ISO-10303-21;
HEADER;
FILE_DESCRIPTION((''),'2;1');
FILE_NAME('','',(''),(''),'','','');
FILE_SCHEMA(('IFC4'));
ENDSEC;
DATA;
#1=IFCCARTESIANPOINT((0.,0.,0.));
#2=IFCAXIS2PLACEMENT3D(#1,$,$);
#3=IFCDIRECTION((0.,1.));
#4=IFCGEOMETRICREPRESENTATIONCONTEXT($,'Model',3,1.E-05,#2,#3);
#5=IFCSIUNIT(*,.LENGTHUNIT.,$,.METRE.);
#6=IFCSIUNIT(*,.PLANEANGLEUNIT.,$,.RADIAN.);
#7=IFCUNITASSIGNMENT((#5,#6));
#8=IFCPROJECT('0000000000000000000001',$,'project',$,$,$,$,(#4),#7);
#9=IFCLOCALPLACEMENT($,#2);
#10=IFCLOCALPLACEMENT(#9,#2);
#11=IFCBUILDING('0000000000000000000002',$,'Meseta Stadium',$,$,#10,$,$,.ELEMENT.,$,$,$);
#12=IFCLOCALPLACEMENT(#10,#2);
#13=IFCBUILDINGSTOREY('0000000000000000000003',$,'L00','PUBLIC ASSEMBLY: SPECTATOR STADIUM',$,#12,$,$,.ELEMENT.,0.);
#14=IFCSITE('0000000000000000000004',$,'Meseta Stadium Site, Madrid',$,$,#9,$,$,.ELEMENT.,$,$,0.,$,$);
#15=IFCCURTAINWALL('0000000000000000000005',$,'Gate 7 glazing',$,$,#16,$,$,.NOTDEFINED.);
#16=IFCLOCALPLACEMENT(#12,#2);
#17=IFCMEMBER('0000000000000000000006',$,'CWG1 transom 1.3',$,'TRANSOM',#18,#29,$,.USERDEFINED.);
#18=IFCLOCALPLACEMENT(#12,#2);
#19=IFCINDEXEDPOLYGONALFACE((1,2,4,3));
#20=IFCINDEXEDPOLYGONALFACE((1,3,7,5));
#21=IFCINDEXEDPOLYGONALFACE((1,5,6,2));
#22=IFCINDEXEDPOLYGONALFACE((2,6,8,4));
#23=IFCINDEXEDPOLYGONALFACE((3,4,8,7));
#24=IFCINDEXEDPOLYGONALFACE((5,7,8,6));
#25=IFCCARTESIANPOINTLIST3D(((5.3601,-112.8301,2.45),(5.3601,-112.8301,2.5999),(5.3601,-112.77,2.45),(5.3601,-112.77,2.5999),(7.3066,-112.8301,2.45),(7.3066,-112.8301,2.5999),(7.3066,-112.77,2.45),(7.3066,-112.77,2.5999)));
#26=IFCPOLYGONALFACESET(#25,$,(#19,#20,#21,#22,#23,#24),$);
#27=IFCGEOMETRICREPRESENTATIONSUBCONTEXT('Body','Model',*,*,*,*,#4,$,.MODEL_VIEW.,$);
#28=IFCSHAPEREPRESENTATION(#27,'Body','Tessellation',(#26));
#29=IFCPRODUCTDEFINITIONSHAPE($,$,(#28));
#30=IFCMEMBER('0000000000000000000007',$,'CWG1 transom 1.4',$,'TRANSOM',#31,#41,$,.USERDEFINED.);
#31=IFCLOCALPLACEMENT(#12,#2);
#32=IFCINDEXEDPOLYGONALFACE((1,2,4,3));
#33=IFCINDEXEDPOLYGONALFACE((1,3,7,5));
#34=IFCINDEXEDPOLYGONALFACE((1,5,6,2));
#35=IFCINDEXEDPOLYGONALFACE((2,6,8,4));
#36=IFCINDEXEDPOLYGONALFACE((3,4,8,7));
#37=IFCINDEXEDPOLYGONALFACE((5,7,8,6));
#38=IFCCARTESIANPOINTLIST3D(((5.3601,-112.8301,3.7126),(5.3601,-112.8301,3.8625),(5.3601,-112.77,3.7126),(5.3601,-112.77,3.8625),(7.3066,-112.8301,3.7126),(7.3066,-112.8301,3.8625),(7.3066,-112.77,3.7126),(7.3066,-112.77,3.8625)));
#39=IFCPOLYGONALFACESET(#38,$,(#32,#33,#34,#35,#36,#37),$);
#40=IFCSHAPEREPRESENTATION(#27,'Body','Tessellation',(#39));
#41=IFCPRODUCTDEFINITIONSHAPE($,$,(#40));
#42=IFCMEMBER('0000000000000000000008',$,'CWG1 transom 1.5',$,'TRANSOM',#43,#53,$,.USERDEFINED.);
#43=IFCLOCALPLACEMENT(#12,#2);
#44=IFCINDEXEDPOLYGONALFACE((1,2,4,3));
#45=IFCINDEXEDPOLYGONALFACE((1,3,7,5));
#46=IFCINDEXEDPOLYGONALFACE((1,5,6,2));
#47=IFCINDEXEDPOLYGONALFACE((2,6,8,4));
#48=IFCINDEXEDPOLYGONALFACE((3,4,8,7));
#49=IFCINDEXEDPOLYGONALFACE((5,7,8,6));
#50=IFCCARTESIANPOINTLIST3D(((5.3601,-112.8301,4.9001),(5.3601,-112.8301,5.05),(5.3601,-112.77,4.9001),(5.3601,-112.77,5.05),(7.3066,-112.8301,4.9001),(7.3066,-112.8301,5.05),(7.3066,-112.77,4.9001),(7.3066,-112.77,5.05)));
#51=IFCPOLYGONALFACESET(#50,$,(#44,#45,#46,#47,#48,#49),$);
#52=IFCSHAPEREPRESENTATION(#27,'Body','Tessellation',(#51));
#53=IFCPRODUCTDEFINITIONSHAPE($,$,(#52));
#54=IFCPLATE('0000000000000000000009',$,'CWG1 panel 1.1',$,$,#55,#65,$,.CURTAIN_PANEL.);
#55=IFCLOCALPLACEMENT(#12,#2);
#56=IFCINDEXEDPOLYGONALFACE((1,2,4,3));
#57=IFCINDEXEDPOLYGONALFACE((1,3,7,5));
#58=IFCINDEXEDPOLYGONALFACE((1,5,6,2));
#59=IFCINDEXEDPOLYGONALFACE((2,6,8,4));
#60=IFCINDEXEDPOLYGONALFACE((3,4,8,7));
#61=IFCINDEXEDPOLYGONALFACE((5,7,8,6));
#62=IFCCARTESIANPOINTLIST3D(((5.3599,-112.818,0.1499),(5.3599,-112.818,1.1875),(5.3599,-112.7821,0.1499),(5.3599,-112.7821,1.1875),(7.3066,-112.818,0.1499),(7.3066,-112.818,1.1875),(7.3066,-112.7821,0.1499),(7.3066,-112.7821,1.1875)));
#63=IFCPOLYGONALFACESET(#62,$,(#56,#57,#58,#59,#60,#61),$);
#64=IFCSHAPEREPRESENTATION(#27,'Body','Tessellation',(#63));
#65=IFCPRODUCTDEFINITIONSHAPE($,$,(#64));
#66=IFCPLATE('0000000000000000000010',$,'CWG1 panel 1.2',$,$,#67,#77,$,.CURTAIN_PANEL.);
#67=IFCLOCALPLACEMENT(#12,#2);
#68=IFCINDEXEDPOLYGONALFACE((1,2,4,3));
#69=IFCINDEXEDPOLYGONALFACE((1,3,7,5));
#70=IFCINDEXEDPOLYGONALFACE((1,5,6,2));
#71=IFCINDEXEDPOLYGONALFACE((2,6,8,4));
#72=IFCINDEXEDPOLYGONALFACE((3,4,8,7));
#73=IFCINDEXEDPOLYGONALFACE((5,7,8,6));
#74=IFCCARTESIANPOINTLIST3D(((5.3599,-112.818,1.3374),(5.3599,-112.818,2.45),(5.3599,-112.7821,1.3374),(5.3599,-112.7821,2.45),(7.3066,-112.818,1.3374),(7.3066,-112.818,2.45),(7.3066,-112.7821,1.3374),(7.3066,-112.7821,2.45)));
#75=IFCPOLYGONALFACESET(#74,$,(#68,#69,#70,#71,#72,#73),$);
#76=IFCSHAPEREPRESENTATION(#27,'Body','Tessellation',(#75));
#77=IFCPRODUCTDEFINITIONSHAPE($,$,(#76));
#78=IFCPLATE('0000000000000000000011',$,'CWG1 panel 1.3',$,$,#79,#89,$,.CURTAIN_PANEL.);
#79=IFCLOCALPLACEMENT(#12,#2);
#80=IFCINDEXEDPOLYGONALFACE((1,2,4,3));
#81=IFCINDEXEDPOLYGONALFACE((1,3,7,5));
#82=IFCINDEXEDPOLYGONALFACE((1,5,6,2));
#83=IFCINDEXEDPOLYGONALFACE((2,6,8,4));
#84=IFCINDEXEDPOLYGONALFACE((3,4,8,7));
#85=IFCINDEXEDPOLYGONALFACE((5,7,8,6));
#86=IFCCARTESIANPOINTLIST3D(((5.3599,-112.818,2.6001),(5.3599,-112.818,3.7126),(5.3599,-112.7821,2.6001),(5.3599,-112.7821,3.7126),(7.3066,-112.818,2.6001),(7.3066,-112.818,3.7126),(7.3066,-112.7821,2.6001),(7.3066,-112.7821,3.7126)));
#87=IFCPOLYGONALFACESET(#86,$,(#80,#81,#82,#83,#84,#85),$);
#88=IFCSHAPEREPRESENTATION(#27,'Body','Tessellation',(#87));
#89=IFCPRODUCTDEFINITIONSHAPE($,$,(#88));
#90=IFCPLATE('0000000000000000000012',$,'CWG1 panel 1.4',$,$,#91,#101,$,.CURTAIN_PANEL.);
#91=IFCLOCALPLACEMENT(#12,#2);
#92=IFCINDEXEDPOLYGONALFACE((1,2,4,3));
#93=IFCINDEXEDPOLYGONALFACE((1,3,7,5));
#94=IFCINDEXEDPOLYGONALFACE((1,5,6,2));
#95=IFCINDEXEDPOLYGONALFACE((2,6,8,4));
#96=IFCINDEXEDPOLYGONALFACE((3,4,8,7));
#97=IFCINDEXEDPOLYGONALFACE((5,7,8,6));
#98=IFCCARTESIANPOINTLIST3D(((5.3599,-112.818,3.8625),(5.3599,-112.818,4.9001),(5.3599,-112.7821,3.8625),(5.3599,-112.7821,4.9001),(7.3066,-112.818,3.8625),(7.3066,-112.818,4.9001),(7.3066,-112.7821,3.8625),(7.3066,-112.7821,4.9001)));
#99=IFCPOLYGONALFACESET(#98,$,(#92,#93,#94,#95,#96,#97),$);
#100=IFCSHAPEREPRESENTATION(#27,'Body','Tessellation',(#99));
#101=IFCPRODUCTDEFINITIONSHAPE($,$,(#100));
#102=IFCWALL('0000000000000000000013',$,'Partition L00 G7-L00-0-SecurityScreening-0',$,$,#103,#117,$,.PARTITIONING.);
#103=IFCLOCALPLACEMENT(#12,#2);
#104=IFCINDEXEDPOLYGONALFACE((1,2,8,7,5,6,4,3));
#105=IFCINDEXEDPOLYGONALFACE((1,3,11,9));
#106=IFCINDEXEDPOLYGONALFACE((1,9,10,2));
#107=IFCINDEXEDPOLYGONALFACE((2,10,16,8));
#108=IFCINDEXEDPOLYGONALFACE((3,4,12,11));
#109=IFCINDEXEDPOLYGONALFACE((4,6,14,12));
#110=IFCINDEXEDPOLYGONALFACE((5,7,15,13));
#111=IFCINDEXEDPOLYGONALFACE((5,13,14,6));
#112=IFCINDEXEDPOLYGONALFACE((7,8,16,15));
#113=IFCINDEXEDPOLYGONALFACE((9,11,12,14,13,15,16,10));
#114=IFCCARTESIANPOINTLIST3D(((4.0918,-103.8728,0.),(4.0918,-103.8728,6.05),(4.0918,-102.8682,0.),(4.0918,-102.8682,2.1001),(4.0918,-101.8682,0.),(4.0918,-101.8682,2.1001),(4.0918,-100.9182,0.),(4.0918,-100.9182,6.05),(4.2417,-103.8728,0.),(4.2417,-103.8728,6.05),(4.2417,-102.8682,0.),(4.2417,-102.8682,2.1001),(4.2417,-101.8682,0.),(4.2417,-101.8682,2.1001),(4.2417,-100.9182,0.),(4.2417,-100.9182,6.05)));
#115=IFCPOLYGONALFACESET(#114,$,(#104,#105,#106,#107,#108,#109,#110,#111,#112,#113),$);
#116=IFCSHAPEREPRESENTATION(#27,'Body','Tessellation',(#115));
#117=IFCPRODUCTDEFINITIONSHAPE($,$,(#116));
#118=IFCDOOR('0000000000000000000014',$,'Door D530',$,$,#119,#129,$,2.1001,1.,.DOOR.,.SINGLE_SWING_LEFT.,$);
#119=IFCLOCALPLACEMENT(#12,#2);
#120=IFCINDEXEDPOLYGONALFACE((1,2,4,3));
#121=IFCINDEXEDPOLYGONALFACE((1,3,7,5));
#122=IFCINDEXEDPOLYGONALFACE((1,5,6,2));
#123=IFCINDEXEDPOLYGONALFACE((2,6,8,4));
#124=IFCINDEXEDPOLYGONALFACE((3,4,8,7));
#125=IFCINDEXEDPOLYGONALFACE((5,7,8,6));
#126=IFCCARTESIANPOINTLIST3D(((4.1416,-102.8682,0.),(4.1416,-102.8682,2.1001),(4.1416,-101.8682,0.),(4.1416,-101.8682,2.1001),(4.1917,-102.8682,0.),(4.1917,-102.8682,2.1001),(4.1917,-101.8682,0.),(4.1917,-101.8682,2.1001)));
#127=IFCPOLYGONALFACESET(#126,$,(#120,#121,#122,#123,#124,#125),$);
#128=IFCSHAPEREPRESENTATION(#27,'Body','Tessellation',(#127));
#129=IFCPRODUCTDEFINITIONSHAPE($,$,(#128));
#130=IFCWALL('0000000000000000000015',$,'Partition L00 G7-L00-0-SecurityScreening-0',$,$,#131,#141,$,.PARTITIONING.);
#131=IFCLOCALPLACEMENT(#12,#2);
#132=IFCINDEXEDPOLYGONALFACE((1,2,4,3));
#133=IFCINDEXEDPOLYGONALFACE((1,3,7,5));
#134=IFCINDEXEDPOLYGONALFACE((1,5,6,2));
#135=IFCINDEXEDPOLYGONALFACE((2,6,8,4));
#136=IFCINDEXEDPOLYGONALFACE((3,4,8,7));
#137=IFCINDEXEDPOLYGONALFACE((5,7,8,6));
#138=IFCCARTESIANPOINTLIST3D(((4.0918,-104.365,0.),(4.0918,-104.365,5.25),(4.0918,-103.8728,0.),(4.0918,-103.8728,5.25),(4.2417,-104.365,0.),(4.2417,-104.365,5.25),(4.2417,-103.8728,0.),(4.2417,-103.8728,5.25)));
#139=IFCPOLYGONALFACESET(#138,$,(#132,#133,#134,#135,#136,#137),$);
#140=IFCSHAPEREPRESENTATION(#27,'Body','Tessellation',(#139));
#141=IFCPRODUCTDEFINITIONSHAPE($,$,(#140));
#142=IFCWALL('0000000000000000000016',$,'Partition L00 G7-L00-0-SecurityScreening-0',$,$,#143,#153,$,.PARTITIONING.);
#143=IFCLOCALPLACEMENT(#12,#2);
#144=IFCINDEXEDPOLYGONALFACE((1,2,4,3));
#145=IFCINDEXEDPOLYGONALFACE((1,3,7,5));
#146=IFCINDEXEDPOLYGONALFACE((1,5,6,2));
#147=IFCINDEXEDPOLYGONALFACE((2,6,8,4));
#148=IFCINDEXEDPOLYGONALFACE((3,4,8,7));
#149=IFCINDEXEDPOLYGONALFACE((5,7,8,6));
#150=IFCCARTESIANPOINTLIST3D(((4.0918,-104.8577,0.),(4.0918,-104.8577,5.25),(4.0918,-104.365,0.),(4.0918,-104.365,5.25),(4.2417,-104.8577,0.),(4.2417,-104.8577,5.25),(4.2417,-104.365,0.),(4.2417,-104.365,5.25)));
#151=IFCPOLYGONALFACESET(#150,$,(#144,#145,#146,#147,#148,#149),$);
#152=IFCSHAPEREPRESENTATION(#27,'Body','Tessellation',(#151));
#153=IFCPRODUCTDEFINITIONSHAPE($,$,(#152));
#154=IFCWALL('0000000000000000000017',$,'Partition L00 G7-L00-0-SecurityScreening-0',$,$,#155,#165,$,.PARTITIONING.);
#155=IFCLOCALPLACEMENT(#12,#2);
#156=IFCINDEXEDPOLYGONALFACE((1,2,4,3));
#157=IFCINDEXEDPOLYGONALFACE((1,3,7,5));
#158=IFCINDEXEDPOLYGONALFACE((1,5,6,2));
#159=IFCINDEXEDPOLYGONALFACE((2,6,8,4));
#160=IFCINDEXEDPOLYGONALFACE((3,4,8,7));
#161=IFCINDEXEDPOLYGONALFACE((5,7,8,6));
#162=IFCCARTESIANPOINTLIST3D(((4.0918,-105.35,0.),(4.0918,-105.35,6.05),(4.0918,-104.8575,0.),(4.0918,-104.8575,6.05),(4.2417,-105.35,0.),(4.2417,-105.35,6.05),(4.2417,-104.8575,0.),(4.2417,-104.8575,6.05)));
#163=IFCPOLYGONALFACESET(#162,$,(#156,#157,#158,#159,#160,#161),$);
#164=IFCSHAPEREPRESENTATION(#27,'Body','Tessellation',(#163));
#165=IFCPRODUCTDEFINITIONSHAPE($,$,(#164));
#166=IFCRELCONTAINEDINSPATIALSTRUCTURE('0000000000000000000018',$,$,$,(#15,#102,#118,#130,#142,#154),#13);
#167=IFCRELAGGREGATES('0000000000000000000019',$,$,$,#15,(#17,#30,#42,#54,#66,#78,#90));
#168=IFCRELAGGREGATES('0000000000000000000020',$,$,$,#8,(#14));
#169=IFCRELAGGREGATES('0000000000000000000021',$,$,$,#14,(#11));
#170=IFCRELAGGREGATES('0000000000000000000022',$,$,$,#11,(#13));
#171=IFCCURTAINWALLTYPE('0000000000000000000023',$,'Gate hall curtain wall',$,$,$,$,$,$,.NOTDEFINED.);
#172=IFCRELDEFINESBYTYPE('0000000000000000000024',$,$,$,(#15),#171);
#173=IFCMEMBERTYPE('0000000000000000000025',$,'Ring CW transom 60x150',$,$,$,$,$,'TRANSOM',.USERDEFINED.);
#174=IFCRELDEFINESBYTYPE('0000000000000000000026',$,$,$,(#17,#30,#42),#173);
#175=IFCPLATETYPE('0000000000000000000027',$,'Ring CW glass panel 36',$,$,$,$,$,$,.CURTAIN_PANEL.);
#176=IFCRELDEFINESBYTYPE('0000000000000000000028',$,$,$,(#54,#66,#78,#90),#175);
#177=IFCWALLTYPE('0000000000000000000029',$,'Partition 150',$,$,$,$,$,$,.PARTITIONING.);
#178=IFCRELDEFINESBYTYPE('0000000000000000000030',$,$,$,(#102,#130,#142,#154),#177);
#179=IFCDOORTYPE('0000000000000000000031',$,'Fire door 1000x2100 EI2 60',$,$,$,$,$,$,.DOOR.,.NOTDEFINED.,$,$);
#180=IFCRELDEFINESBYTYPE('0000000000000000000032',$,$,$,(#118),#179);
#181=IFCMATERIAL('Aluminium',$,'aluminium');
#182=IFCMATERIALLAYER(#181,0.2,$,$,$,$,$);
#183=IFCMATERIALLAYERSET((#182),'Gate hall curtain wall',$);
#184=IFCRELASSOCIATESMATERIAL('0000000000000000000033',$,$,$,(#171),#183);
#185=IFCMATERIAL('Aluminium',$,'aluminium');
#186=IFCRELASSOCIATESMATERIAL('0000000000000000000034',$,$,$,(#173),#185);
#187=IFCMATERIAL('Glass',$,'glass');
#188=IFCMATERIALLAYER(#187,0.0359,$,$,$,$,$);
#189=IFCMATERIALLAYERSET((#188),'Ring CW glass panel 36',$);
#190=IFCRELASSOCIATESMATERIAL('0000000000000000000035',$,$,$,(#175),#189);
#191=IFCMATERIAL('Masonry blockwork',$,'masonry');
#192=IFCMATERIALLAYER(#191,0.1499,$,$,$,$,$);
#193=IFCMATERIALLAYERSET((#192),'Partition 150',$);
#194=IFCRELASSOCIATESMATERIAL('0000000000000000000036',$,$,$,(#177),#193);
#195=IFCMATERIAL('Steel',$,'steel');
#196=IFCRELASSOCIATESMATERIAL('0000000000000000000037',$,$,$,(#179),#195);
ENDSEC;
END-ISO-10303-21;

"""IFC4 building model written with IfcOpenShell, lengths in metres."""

from ifc_helpers import new_model, si_unit, direction, frame, frame_2d, origin, origin_2d, place, context, subcontext, project, spatial, rectangle, extrude, material, layer, layer_set, material_profile, profile_set, type_object, element, fill, aggregate, save


model = new_model("IFC4")

# Units and contexts
model_context = context("Model", 3, precision=1e-05, world=origin(), true_north=direction((0.0, 1.0)))
body_context = subcontext(model_context, "Body", "Model", "MODEL_VIEW")
ifc_project = project(units=[si_unit("LENGTHUNIT", "METRE"), si_unit("PLANEANGLEUNIT", "RADIAN")], contexts=[model_context])

# Site, building, storey
site_placement = place(None, origin())
site = spatial("IfcSite", under=ifc_project, at=site_placement, Name="Meseta Stadium Site, Madrid", CompositionType="ELEMENT", RefElevation=0.0)
building_placement = place(site_placement, origin())
building = spatial("IfcBuilding", under=site, at=building_placement, Name="Meseta Stadium", CompositionType="ELEMENT")
storey_placement = place(building_placement, origin())
storey = spatial("IfcBuildingStorey", under=building, at=storey_placement, Name="L00", Description="PUBLIC ASSEMBLY: SPECTATOR STADIUM", CompositionType="ELEMENT", Elevation=0.0)

# Curtain wall, members, plates
ifc_material_1 = material(Name="Aluminium", Category="aluminium")
ifc_layer_1 = layer(ifc_material_1, 0.2)
ifc_layer_set_1 = layer_set([ifc_layer_1], Name="Gate hall curtain wall")
curtain_wall_type = type_object("IfcCurtainWallType", Name="Gate hall curtain wall", PredefinedType="NOTDEFINED", material=ifc_layer_set_1)
curtain_wall_placement = place(storey_placement, origin())
curtain_wall = element("IfcCurtainWall", 1, at=curtain_wall_placement, inside=storey, type_object=curtain_wall_type, Name="Gate 7 glazing", PredefinedType="NOTDEFINED")
ifc_material_2 = material(Name="Aluminium", Category="aluminium")
ifc_material_profile_1 = material_profile(ifc_material_2, rectangle(XDim=0.0601, YDim=0.1499, at=origin_2d()), Name="CW 60x150")
ifc_profile_set_1 = profile_set([ifc_material_profile_1], Name="Aluminium")
member_type_1 = type_object("IfcMemberType", Name="Ring CW transom 60x150", ElementType="TRANSOM", PredefinedType="USERDEFINED", material=ifc_profile_set_1)
member_1_placement = place(storey_placement, frame((5.3601, -112.8, 2.5249), z_axis=(1.0, 0.0, 0.0), x_axis=(0.0, 1.0, 0.0)))
member_1 = element("IfcMember", 2, at=member_1_placement, type_object=member_type_1, Name="CWG1 transom 1.3", ObjectType="TRANSOM", PredefinedType="USERDEFINED", context=body_context, shape_type="SweptSolid", body=[
    extrude(rectangle(XDim=0.0601, YDim=0.1499, at=origin_2d()), origin(), (0.0, 0.0, 1.0), 1.9465),
])
member_2_placement = place(storey_placement, frame((5.3601, -112.8, 3.7876), z_axis=(1.0, 0.0, 0.0), x_axis=(0.0, 1.0, 0.0)))
member_2 = element("IfcMember", 3, at=member_2_placement, type_object=member_type_1, Name="CWG1 transom 1.4", ObjectType="TRANSOM", PredefinedType="USERDEFINED", context=body_context, shape_type="SweptSolid", body=[
    extrude(rectangle(XDim=0.0601, YDim=0.1499, at=origin_2d()), origin(), (0.0, 0.0, 1.0), 1.9465),
])
member_3_placement = place(storey_placement, frame((5.3601, -112.8, 4.9751), z_axis=(1.0, 0.0, 0.0), x_axis=(0.0, 1.0, 0.0)))
member_3 = element("IfcMember", 4, at=member_3_placement, type_object=member_type_1, Name="CWG1 transom 1.5", ObjectType="TRANSOM", PredefinedType="USERDEFINED", context=body_context, shape_type="SweptSolid", body=[
    extrude(rectangle(XDim=0.0601, YDim=0.1499, at=origin_2d()), origin(), (0.0, 0.0, 1.0), 1.9465),
])
ifc_material_3 = material(Name="Glass", Category="glass")
ifc_layer_2 = layer(ifc_material_3, 0.0359)
ifc_layer_set_2 = layer_set([ifc_layer_2], Name="Ring CW glass panel 36")
plate_type = type_object("IfcPlateType", Name="Ring CW glass panel 36", PredefinedType="CURTAIN_PANEL", material=ifc_layer_set_2)
plate_1_placement = place(storey_placement, frame((6.3333, -112.8, 0.1499), z_axis=(0.0, 0.0, 1.0), x_axis=(1.0, 0.0, 0.0)))
plate_1 = element("IfcPlate", 5, at=plate_1_placement, type_object=plate_type, Name="CWG1 panel 1.1", PredefinedType="CURTAIN_PANEL", context=body_context, shape_type="SweptSolid", body=[
    extrude(rectangle(XDim=1.9468, YDim=0.0359, at=origin_2d()), origin(), (0.0, 0.0, 1.0), 1.0376),
])
plate_2_placement = place(storey_placement, frame((6.3333, -112.8, 1.3374), z_axis=(0.0, 0.0, 1.0), x_axis=(1.0, 0.0, 0.0)))
plate_2 = element("IfcPlate", 6, at=plate_2_placement, type_object=plate_type, Name="CWG1 panel 1.2", PredefinedType="CURTAIN_PANEL", context=body_context, shape_type="SweptSolid", body=[
    extrude(rectangle(XDim=1.9468, YDim=0.0359, at=origin_2d()), origin(), (0.0, 0.0, 1.0), 1.1125),
])
plate_3_placement = place(storey_placement, frame((6.3333, -112.8, 2.6001), z_axis=(0.0, 0.0, 1.0), x_axis=(1.0, 0.0, 0.0)))
plate_3 = element("IfcPlate", 7, at=plate_3_placement, type_object=plate_type, Name="CWG1 panel 1.3", PredefinedType="CURTAIN_PANEL", context=body_context, shape_type="SweptSolid", body=[
    extrude(rectangle(XDim=1.9468, YDim=0.0359, at=origin_2d()), origin(), (0.0, 0.0, 1.0), 1.1125),
])
plate_4_placement = place(storey_placement, frame((6.3333, -112.8, 3.8625), z_axis=(0.0, 0.0, 1.0), x_axis=(1.0, 0.0, 0.0)))
plate_4 = element("IfcPlate", 8, at=plate_4_placement, type_object=plate_type, Name="CWG1 panel 1.4", PredefinedType="CURTAIN_PANEL", context=body_context, shape_type="SweptSolid", body=[
    extrude(rectangle(XDim=1.9468, YDim=0.0359, at=origin_2d()), origin(), (0.0, 0.0, 1.0), 1.0376),
])
aggregate(curtain_wall, [member_1, member_2, member_3, plate_1, plate_2, plate_3, plate_4])

# Wall, opening, door
ifc_material_4 = material(Name="Masonry blockwork", Category="masonry")
ifc_layer_3 = layer(ifc_material_4, 0.1499)
ifc_layer_set_3 = layer_set([ifc_layer_3], Name="Partition 150")
wall_type_1 = type_object("IfcWallType", Name="Partition 150", PredefinedType="PARTITIONING", material=ifc_layer_set_3)
wall_1_placement = place(storey_placement, frame((4.1667, -100.9182, 0.0), z_axis=(0.0, 0.0, 1.0), x_axis=(0.0, -1.0, 0.0)))
wall_1 = element("IfcWall", 9, at=wall_1_placement, inside=storey, type_object=wall_type_1, Name="Partition L00 G7-L00-0-SecurityScreening-0", PredefinedType="PARTITIONING", context=body_context, shape_type="SweptSolid", body=[
    extrude(rectangle(XDim=2.9546, YDim=0.1499, at=frame_2d((1.4773, 0.0))), origin(), (0.0, 0.0, 1.0), 6.05),
])
opening_1_placement = place(wall_1_placement, frame((0.95, 0.0, 0.0)))
opening_1 = element("IfcOpeningElement", 10, at=opening_1_placement, cuts=wall_1, PredefinedType="OPENING", context=body_context, shape_type="SweptSolid", body=[
    extrude(rectangle(XDim=1.0, YDim=2.1001, at=frame_2d((0.5, 1.05))), frame((0.0, 0.085, 0.0), z_axis=(0.0, -1.0, 0.0), x_axis=(1.0, 0.0, 0.0)), (0.0, 0.0, 1.0), 0.1699),
])
ifc_material_5 = material(Name="Steel", Category="steel")
door_type_1 = type_object("IfcDoorType", Name="Fire door 1000x2100 EI2 60", OperationType="NOTDEFINED", PredefinedType="DOOR", material=ifc_material_5)
door_1_placement = place(opening_1_placement, origin())
door_1 = element("IfcDoor", 11, at=door_1_placement, inside=storey, type_object=door_type_1, Name="Door D530", OperationType="SINGLE_SWING_LEFT", OverallHeight=2.1001, OverallWidth=1.0, PredefinedType="DOOR", context=body_context, shape_type="SweptSolid", body=[
    extrude(rectangle(XDim=1.0, YDim=2.1001, at=frame_2d((0.5, 1.05))), frame((0.0, 0.0249, 0.0), z_axis=(0.0, -1.0, 0.0), x_axis=(1.0, 0.0, 0.0)), (0.0, 0.0, 1.0), 0.05),
])
fill(opening_1, door_1)

# Walls
wall_2_placement = place(storey_placement, frame((4.1667, -103.8728, 0.0), z_axis=(0.0, 0.0, 1.0), x_axis=(0.0, -1.0, 0.0)))
element("IfcWall", 12, at=wall_2_placement, inside=storey, type_object=wall_type_1, Name="Partition L00 G7-L00-0-SecurityScreening-0", PredefinedType="PARTITIONING", context=body_context, shape_type="SweptSolid", body=[
    extrude(rectangle(XDim=0.4922, YDim=0.1499, at=frame_2d((0.2461, 0.0))), origin(), (0.0, 0.0, 1.0), 5.25),
])
wall_3_placement = place(storey_placement, frame((4.1667, -104.365, 0.0), z_axis=(0.0, 0.0, 1.0), x_axis=(0.0, -1.0, 0.0)))
element("IfcWall", 13, at=wall_3_placement, inside=storey, type_object=wall_type_1, Name="Partition L00 G7-L00-0-SecurityScreening-0", PredefinedType="PARTITIONING", context=body_context, shape_type="SweptSolid", body=[
    extrude(rectangle(XDim=0.4927, YDim=0.1499, at=frame_2d((0.2463, 0.0))), origin(), (0.0, 0.0, 1.0), 5.25),
])
wall_4_placement = place(storey_placement, frame((4.1667, -104.8577, 0.0), z_axis=(0.0, 0.0, 1.0), x_axis=(0.0, -1.0, 0.0)))
element("IfcWall", 14, at=wall_4_placement, inside=storey, type_object=wall_type_1, Name="Partition L00 G7-L00-0-SecurityScreening-0", PredefinedType="PARTITIONING", context=body_context, shape_type="SweptSolid", body=[
    extrude(rectangle(XDim=0.4924, YDim=0.1499, at=frame_2d((0.2461, 0.0))), origin(), (0.0, 0.0, 1.0), 6.05),
])

save(model, "model.ifc")
